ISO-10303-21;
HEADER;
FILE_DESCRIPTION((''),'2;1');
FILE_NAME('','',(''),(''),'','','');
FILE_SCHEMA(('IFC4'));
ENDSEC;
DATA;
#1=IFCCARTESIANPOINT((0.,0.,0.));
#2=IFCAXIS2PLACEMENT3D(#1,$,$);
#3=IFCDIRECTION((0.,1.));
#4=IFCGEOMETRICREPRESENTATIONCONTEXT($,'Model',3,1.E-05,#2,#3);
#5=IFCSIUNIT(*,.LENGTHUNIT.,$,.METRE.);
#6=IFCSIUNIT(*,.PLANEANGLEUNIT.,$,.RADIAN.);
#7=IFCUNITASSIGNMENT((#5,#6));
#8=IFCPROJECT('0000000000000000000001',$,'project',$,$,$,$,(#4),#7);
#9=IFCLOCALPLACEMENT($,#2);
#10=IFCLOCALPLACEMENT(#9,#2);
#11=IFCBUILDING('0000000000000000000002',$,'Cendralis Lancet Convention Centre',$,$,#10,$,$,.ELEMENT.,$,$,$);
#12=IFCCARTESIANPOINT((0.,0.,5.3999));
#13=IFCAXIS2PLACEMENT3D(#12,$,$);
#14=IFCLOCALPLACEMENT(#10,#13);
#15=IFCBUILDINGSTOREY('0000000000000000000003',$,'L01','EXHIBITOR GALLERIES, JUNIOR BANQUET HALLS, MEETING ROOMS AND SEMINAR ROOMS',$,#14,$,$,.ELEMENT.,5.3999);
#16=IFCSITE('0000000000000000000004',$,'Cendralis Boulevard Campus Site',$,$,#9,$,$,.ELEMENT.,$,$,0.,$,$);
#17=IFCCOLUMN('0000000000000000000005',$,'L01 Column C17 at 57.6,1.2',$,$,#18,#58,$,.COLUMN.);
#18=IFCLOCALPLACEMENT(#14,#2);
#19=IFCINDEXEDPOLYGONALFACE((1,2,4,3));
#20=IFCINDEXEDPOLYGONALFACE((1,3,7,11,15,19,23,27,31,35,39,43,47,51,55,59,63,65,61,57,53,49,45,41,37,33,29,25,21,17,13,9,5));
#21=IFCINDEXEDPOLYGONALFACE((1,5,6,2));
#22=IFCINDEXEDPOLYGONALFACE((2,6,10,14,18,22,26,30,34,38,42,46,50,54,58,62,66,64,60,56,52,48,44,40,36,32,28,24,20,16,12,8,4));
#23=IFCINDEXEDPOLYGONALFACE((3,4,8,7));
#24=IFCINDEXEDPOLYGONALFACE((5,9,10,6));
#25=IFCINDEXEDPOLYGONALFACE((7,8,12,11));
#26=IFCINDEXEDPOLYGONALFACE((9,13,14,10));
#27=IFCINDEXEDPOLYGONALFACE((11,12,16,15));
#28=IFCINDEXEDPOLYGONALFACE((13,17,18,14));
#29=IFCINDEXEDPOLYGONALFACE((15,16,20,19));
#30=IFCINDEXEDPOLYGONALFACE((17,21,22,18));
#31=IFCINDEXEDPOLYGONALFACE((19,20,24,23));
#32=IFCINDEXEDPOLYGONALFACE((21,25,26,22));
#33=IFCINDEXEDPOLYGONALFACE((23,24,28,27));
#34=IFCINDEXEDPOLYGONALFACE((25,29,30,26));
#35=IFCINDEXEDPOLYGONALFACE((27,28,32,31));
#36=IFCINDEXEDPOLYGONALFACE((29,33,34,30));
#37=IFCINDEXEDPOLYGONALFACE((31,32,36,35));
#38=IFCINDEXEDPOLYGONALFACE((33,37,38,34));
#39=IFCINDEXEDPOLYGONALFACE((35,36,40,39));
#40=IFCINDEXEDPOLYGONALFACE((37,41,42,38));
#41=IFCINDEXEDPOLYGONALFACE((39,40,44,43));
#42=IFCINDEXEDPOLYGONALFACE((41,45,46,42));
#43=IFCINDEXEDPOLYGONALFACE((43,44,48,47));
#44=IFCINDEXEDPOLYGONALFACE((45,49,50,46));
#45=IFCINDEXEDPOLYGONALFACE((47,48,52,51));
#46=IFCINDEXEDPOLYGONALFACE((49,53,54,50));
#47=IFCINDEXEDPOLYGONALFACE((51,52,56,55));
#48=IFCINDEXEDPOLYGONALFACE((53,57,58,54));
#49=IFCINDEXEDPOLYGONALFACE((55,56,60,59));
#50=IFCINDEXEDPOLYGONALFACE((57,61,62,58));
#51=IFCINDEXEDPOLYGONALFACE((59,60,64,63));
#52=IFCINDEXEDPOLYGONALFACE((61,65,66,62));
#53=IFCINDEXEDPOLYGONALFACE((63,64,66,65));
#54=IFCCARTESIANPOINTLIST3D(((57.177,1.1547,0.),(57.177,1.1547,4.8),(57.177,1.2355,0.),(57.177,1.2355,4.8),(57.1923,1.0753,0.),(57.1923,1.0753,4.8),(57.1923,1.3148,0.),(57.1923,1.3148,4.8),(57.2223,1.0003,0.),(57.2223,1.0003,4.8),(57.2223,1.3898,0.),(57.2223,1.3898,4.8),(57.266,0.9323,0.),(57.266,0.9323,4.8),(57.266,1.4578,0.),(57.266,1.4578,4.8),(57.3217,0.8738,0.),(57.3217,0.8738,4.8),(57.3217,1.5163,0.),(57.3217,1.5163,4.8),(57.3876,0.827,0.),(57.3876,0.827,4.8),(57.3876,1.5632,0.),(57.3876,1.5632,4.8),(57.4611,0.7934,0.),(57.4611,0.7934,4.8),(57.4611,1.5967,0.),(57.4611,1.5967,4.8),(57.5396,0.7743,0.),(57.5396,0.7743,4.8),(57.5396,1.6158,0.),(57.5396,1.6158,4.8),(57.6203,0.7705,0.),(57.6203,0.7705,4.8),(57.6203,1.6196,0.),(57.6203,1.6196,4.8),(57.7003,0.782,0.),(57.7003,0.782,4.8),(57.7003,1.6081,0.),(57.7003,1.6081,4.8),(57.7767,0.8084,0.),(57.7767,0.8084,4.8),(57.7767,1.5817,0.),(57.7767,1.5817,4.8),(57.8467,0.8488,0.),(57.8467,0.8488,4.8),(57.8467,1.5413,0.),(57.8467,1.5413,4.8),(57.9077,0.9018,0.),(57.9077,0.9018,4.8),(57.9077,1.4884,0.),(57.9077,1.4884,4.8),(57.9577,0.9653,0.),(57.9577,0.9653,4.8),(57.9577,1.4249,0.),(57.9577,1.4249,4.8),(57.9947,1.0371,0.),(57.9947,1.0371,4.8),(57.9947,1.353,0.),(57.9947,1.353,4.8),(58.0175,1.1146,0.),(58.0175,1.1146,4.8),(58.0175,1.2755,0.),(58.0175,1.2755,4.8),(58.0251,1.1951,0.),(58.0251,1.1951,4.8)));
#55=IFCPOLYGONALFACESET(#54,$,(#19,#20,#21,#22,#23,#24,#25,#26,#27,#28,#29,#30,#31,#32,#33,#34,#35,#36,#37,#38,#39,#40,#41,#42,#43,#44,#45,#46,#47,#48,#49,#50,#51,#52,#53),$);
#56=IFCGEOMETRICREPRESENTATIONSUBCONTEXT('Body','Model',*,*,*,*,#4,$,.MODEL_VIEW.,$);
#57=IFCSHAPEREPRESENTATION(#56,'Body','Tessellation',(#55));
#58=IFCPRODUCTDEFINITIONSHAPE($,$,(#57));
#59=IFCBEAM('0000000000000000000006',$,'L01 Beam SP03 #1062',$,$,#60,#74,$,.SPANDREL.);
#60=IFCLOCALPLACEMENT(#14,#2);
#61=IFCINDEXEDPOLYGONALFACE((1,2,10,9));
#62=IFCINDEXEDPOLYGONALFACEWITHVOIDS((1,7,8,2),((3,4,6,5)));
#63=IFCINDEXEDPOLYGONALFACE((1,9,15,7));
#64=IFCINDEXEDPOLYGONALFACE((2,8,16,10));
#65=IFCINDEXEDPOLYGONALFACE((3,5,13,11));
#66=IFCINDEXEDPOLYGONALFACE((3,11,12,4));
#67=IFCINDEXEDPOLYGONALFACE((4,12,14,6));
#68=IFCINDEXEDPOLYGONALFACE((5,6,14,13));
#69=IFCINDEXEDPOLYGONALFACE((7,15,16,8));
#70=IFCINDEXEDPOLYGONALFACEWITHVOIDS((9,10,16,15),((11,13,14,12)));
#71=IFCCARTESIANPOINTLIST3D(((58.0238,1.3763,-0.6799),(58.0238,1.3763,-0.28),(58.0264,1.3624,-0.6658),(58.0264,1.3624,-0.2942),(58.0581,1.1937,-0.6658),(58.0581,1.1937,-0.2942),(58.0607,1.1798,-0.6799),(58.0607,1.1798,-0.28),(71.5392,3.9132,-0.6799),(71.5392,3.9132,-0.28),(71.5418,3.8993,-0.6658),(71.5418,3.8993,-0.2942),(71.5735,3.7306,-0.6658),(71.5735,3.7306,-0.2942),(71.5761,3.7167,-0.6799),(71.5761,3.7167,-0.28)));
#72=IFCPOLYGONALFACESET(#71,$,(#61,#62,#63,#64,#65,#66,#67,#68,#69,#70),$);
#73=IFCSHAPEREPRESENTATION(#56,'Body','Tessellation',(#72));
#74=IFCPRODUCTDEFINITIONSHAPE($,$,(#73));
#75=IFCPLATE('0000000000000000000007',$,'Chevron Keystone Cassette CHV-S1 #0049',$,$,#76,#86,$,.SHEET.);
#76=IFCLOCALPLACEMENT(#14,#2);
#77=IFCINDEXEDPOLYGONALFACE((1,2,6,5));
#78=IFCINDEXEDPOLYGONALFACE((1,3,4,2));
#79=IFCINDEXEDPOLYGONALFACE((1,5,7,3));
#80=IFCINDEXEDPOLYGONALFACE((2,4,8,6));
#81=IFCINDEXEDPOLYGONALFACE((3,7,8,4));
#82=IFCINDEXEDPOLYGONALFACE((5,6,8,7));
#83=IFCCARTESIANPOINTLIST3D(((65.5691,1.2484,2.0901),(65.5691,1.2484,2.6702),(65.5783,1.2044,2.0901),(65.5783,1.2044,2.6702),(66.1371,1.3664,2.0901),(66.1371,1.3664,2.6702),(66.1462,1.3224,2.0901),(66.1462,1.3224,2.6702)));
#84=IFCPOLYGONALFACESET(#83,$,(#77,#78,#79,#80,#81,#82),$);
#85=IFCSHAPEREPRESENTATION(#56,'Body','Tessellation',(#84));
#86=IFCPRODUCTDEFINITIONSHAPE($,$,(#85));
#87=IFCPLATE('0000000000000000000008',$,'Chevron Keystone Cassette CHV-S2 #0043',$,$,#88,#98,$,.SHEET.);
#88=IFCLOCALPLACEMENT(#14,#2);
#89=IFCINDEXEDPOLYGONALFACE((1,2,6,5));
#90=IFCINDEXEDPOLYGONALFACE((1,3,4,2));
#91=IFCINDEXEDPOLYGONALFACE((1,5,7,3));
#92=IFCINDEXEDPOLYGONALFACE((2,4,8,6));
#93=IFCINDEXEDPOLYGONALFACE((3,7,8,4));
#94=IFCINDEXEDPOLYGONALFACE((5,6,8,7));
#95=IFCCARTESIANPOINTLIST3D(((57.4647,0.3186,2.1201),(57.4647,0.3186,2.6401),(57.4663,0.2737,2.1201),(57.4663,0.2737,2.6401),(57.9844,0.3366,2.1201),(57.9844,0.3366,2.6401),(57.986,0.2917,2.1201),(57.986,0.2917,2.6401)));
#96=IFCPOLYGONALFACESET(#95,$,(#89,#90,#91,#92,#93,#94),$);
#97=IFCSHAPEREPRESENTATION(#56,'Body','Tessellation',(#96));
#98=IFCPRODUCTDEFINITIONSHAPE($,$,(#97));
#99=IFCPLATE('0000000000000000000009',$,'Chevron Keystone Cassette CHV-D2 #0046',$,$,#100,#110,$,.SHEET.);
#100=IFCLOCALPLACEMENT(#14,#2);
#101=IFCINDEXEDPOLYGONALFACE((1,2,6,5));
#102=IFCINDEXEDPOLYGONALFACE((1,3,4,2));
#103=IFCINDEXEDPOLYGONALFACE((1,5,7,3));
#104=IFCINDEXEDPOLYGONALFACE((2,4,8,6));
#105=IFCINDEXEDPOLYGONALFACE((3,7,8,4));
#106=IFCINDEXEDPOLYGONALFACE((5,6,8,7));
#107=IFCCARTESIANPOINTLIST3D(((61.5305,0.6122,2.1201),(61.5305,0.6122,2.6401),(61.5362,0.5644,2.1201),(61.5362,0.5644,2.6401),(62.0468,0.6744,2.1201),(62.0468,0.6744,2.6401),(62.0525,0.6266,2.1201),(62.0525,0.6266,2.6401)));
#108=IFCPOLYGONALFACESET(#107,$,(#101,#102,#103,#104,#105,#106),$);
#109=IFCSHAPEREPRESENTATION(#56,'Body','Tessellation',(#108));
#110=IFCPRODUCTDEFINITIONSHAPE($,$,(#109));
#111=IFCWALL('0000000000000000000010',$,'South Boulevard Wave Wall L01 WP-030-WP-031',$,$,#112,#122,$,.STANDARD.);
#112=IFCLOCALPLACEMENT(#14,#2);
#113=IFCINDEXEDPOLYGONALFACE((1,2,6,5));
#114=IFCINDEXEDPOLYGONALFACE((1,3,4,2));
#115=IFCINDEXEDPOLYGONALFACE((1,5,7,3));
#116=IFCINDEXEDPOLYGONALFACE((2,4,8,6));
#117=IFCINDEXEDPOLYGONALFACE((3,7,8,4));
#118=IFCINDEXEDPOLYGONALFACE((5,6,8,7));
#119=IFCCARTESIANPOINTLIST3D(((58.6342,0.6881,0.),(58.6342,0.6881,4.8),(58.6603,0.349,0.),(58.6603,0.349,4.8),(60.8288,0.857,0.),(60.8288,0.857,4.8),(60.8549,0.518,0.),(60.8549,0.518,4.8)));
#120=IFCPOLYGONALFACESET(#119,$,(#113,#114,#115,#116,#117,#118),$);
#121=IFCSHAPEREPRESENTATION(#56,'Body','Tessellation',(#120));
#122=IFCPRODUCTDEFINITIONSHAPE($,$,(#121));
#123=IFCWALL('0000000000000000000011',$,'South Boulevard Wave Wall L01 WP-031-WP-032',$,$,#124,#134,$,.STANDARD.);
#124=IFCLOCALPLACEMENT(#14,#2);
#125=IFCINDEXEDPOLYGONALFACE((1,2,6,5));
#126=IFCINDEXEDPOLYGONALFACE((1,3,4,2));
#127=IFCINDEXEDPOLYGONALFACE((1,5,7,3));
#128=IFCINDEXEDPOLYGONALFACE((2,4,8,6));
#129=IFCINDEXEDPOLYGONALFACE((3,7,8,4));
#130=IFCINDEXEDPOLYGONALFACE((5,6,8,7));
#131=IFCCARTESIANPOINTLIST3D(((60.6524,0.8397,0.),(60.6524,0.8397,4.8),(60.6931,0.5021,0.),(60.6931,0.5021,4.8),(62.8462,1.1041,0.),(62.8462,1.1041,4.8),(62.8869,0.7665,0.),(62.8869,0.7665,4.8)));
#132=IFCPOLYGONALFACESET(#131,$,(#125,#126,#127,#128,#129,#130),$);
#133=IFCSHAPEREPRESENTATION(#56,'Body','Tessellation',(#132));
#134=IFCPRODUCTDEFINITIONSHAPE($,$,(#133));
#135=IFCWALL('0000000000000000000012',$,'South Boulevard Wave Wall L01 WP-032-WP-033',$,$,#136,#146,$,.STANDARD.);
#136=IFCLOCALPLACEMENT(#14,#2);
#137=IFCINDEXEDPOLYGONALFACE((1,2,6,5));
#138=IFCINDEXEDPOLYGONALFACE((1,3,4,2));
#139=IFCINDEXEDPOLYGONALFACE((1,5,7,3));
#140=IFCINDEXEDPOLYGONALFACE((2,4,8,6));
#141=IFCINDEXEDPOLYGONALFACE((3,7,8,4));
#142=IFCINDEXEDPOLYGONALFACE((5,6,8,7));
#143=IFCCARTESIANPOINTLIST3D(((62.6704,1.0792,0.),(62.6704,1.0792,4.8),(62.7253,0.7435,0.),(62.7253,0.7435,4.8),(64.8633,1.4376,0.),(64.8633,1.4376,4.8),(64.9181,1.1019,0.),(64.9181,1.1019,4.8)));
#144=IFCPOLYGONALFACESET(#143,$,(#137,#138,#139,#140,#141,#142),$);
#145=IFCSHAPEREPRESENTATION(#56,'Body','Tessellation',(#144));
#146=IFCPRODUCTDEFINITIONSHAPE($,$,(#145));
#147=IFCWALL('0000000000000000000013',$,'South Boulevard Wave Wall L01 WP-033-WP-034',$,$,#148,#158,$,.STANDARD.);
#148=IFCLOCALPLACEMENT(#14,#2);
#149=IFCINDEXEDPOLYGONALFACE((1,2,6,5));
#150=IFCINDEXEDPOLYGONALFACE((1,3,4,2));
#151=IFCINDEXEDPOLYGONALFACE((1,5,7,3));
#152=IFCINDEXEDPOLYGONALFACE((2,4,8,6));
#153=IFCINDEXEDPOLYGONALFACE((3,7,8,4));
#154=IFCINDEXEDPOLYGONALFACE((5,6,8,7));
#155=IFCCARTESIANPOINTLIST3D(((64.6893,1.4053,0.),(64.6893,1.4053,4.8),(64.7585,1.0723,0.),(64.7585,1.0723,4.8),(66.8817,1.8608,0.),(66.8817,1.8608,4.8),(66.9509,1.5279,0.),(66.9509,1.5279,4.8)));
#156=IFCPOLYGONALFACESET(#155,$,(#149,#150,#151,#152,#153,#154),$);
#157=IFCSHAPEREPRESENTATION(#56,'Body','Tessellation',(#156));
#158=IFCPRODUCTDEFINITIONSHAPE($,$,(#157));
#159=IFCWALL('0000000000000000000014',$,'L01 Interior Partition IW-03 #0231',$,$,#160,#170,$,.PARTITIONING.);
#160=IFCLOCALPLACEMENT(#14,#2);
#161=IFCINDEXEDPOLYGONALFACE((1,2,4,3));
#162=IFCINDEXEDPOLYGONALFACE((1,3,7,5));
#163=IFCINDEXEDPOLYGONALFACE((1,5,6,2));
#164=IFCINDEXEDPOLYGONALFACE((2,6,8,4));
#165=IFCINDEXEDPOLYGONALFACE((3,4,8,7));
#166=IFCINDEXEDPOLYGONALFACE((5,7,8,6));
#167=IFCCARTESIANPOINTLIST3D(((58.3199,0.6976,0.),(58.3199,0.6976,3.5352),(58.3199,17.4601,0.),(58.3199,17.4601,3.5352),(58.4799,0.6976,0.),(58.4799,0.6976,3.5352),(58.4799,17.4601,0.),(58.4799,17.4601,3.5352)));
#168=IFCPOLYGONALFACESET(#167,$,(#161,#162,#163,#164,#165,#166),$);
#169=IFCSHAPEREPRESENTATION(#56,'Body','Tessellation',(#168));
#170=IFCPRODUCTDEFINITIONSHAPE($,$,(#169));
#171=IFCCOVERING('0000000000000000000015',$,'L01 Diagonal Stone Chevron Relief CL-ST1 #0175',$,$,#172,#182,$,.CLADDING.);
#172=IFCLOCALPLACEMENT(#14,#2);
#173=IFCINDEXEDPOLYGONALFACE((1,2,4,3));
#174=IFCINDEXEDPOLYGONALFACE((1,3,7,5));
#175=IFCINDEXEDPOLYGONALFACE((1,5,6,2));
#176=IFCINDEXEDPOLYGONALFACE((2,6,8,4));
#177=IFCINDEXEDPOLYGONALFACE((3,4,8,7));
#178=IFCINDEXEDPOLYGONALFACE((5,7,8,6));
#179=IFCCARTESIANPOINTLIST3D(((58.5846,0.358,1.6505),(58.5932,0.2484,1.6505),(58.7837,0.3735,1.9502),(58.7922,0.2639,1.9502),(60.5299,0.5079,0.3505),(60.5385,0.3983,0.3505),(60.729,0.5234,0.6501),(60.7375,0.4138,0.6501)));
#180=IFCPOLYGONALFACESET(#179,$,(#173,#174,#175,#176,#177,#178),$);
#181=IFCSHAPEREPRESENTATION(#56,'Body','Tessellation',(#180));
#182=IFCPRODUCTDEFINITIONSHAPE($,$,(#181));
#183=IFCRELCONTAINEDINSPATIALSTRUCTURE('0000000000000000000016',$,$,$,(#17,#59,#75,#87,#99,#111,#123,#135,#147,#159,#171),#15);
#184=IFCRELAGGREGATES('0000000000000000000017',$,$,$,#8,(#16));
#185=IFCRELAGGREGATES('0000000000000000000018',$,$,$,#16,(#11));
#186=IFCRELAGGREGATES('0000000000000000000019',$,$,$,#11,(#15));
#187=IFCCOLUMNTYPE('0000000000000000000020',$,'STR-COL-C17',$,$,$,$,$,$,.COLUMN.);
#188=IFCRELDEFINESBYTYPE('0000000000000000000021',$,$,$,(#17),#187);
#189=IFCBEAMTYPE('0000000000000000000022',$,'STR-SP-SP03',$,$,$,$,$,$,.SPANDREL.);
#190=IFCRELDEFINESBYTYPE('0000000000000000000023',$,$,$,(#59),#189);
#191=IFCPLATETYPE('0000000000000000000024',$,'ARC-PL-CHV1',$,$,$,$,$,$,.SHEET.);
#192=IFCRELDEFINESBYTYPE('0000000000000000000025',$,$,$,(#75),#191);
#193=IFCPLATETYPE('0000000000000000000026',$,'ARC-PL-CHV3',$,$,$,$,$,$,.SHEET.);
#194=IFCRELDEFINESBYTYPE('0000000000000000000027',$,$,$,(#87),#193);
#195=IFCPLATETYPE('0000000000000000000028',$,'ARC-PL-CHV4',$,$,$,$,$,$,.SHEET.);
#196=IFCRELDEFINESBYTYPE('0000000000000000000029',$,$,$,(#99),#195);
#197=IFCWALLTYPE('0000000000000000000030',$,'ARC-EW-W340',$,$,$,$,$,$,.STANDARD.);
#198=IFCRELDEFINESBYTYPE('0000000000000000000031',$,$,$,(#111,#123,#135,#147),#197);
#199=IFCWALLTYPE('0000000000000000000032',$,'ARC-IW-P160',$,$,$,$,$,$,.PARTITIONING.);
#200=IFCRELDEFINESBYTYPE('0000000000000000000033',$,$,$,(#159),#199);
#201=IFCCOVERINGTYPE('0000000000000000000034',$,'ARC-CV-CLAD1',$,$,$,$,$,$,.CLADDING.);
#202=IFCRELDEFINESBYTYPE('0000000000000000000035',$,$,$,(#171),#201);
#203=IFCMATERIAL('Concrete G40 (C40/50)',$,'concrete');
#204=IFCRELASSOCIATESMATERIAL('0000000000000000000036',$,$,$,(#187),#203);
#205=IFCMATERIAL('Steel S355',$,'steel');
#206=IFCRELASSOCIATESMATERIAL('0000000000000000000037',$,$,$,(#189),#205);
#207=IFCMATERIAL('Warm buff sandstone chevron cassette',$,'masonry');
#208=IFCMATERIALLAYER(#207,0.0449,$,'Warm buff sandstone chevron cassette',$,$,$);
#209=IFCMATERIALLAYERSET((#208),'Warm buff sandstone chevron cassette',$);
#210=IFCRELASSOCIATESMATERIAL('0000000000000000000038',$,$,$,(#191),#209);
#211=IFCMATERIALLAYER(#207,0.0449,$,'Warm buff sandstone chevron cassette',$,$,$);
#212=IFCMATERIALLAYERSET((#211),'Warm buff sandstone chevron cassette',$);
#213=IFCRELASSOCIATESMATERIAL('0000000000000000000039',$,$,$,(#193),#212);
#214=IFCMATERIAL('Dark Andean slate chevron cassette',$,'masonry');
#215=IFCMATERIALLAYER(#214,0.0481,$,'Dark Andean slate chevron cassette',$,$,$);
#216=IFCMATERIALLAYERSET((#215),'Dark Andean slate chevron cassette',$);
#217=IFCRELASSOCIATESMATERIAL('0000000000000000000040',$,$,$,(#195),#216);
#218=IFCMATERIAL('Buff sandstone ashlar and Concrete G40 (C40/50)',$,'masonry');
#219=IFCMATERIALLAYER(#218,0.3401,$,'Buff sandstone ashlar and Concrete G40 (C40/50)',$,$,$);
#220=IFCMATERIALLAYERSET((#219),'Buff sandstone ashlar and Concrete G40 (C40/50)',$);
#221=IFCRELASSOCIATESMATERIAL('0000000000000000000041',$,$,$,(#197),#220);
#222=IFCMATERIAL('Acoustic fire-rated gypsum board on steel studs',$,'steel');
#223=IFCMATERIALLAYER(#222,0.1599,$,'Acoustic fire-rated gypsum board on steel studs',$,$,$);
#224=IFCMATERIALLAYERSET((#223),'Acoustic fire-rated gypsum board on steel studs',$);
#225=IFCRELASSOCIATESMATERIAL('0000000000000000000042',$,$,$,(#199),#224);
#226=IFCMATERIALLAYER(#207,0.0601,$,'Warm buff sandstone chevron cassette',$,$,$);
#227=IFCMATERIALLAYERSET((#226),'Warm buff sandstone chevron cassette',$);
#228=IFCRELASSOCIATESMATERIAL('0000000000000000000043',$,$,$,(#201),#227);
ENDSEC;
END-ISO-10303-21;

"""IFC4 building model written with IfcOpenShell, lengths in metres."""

from ifc_helpers import new_model, si_unit, direction, frame, frame_2d, origin, origin_2d, place, context, subcontext, project, spatial, polyline, rectangle, hollow_rectangle, circle, outline, extrude, material, layer, layer_set, material_profile, profile_set, type_object, element, save


model = new_model("IFC4")

# Units and contexts
model_context = context("Model", 3, precision=1e-05, world=origin(), true_north=direction((0.0, 1.0)))
body_context = subcontext(model_context, "Body", "Model", "MODEL_VIEW")
ifc_project = project(units=[si_unit("LENGTHUNIT", "METRE"), si_unit("PLANEANGLEUNIT", "RADIAN")], contexts=[model_context])

# Site, building, storey
site_placement = place(None, origin())
site = spatial("IfcSite", under=ifc_project, at=site_placement, Name="Cendralis Boulevard Campus Site", CompositionType="ELEMENT", RefElevation=0.0)
building_placement = place(site_placement, origin())
building = spatial("IfcBuilding", under=site, at=building_placement, Name="Cendralis Lancet Convention Centre", CompositionType="ELEMENT")
storey_placement = place(building_placement, frame((0.0, 0.0, 5.3999)))
storey = spatial("IfcBuildingStorey", under=building, at=storey_placement, Name="L01", Description="EXHIBITOR GALLERIES, JUNIOR BANQUET HALLS, MEETING ROOMS AND SEMINAR ROOMS", CompositionType="ELEMENT", Elevation=5.3999)

# Column
ifc_material_1 = material(Name="Concrete G40 (C40/50)", Category="concrete")
ifc_material_profile_1 = material_profile(ifc_material_1, circle(Radius=0.425, at=origin_2d()), Name="RC D850")
ifc_profile_set_1 = profile_set([ifc_material_profile_1], Name="Concrete G40 (C40/50)")
column_type = type_object("IfcColumnType", Name="STR-COL-C17", PredefinedType="COLUMN", material=ifc_profile_set_1)
column_placement = place(storey_placement, frame((57.6001, 1.1951, 0.0), z_axis=(0.0, 0.0, 1.0), x_axis=(1.0, 0.0, 0.0)))
element("IfcColumn", 1, at=column_placement, inside=storey, type_object=column_type, Name="L01 Column C17 at 57.6,1.2", PredefinedType="COLUMN", context=body_context, shape_type="SweptSolid", body=[
    extrude(circle(Radius=0.425, at=origin_2d()), origin(), (0.0, 0.0, 1.0), 4.8),
])

# Beam
ifc_material_2 = material(Name="Steel S355", Category="steel")
ifc_material_profile_2 = material_profile(ifc_material_2, hollow_rectangle(XDim=0.2, YDim=0.3999, WallThickness=0.0142, at=origin_2d()), Name="RHS 400x200x14.2")
ifc_profile_set_2 = profile_set([ifc_material_profile_2], Name="Steel S355")
beam_type = type_object("IfcBeamType", Name="STR-SP-SP03", PredefinedType="SPANDREL", material=ifc_profile_set_2)
beam_placement = place(storey_placement, frame((58.0422, 1.2781, -0.48), z_axis=(0.982836, 0.18448, 0.0), x_axis=(-0.18448, 0.982836, 0.0)))
element("IfcBeam", 2, at=beam_placement, inside=storey, type_object=beam_type, Name="L01 Beam SP03 #1062", PredefinedType="SPANDREL", context=body_context, shape_type="SweptSolid", body=[
    extrude(hollow_rectangle(XDim=0.2, YDim=0.3999, WallThickness=0.0142, at=origin_2d()), origin(), (0.0, 0.0, 1.0), 13.7515),
])

# Plates
ifc_material_3 = material(Name="Warm buff sandstone chevron cassette", Category="masonry")
ifc_layer_1 = layer(ifc_material_3, 0.0449, Name="Warm buff sandstone chevron cassette")
ifc_layer_set_1 = layer_set([ifc_layer_1], Name="Warm buff sandstone chevron cassette")
plate_type_1 = type_object("IfcPlateType", Name="ARC-PL-CHV1", PredefinedType="SHEET", material=ifc_layer_set_1)
plate_1_placement = place(storey_placement, frame((65.8577, 1.2854, 2.0901), z_axis=(0.0, 0.0, 1.0), x_axis=(0.979085, 0.203454, 0.0)))
element("IfcPlate", 3, at=plate_1_placement, inside=storey, type_object=plate_type_1, Name="Chevron Keystone Cassette CHV-S1 #0049", PredefinedType="SHEET", context=body_context, shape_type="SweptSolid", body=[
    extrude(rectangle(XDim=0.5801, YDim=0.0449, at=origin_2d()), origin(), (0.0, 0.0, 1.0), 0.5801),
])
ifc_layer_2 = layer(ifc_material_3, 0.0449, Name="Warm buff sandstone chevron cassette")
ifc_layer_set_2 = layer_set([ifc_layer_2], Name="Warm buff sandstone chevron cassette")
plate_type_2 = type_object("IfcPlateType", Name="ARC-PL-CHV3", PredefinedType="SHEET", material=ifc_layer_set_2)
plate_2_placement = place(storey_placement, frame((57.7253, 0.3052, 2.1201), z_axis=(0.0, 0.0, 1.0), x_axis=(0.999404, 0.034533, 0.0)))
element("IfcPlate", 4, at=plate_2_placement, inside=storey, type_object=plate_type_2, Name="Chevron Keystone Cassette CHV-S2 #0043", PredefinedType="SHEET", context=body_context, shape_type="SweptSolid", body=[
    extrude(rectangle(XDim=0.52, YDim=0.0449, at=origin_2d()), origin(), (0.0, 0.0, 1.0), 0.52),
])
ifc_material_4 = material(Name="Dark Andean slate chevron cassette", Category="masonry")
ifc_layer_3 = layer(ifc_material_4, 0.0481, Name="Dark Andean slate chevron cassette")
ifc_layer_set_3 = layer_set([ifc_layer_3], Name="Dark Andean slate chevron cassette")
plate_type_3 = type_object("IfcPlateType", Name="ARC-PL-CHV4", PredefinedType="SHEET", material=ifc_layer_set_3)
plate_3_placement = place(storey_placement, frame((61.7915, 0.6194, 2.1201), z_axis=(0.0, 0.0, 1.0), x_axis=(0.992818, 0.119634, 0.0)))
element("IfcPlate", 5, at=plate_3_placement, inside=storey, type_object=plate_type_3, Name="Chevron Keystone Cassette CHV-D2 #0046", PredefinedType="SHEET", context=body_context, shape_type="SweptSolid", body=[
    extrude(rectangle(XDim=0.52, YDim=0.0481, at=origin_2d()), origin(), (0.0, 0.0, 1.0), 0.52),
])

# Walls
ifc_material_5 = material(Name="Buff sandstone ashlar and Concrete G40 (C40/50)", Category="masonry")
ifc_layer_4 = layer(ifc_material_5, 0.3401, Name="Buff sandstone ashlar and Concrete G40 (C40/50)")
ifc_layer_set_4 = layer_set([ifc_layer_4], Name="Buff sandstone ashlar and Concrete G40 (C40/50)")
wall_type_1 = type_object("IfcWallType", Name="ARC-EW-W340", PredefinedType="STANDARD", material=ifc_layer_set_4)
wall_1_placement = place(storey_placement, frame((58.6472, 0.5186, 0.0), z_axis=(0.0, 0.0, 1.0), x_axis=(0.99705, 0.076756, 0.0)))
element("IfcWall", 6, at=wall_1_placement, inside=storey, type_object=wall_type_1, Name="South Boulevard Wave Wall L01 WP-030-WP-031", PredefinedType="STANDARD", context=body_context, shape_type="SweptSolid", body=[
    extrude(rectangle(XDim=2.2012, YDim=0.3401, at=frame_2d((1.1006, 0.0))), origin(), (0.0, 0.0, 1.0), 4.8),
])
wall_2_placement = place(storey_placement, frame((60.6726, 0.6709, 0.0), z_axis=(0.0, 0.0, 1.0), x_axis=(0.992816, 0.119655, 0.0)))
element("IfcWall", 7, at=wall_2_placement, inside=storey, type_object=wall_type_1, Name="South Boulevard Wave Wall L01 WP-031-WP-032", PredefinedType="STANDARD", context=body_context, shape_type="SweptSolid", body=[
    extrude(rectangle(XDim=2.2097, YDim=0.3401, at=frame_2d((1.105, 0.0))), origin(), (0.0, 0.0, 1.0), 4.8),
])
wall_3_placement = place(storey_placement, frame((62.698, 0.9114, 0.0), z_axis=(0.0, 0.0, 1.0), x_axis=(0.986906, 0.161298, 0.0)))
element("IfcWall", 8, at=wall_3_placement, inside=storey, type_object=wall_type_1, Name="South Boulevard Wave Wall L01 WP-032-WP-033", PredefinedType="STANDARD", context=body_context, shape_type="SweptSolid", body=[
    extrude(rectangle(XDim=2.2219, YDim=0.3401, at=frame_2d((1.1108, 0.0))), origin(), (0.0, 0.0, 1.0), 4.8),
])
wall_4_placement = place(storey_placement, frame((64.7239, 1.2388, 0.0), z_axis=(0.0, 0.0, 1.0), x_axis=(0.979086, 0.203449, 0.0)))
element("IfcWall", 9, at=wall_4_placement, inside=storey, type_object=wall_type_1, Name="South Boulevard Wave Wall L01 WP-033-WP-034", PredefinedType="STANDARD", context=body_context, shape_type="SweptSolid", body=[
    extrude(rectangle(XDim=2.2393, YDim=0.3401, at=frame_2d((1.1196, 0.0))), origin(), (0.0, 0.0, 1.0), 4.8),
])
ifc_material_6 = material(Name="Acoustic fire-rated gypsum board on steel studs", Category="steel")
ifc_layer_5 = layer(ifc_material_6, 0.1599, Name="Acoustic fire-rated gypsum board on steel studs")
ifc_layer_set_5 = layer_set([ifc_layer_5], Name="Acoustic fire-rated gypsum board on steel studs")
wall_type_2 = type_object("IfcWallType", Name="ARC-IW-P160", PredefinedType="PARTITIONING", material=ifc_layer_set_5)
wall_5_placement = place(storey_placement, frame((58.3999, 0.6975, 0.0), z_axis=(0.0, 0.0, 1.0), x_axis=(0.0, 1.0, 0.0)))
element("IfcWall", 10, at=wall_5_placement, inside=storey, type_object=wall_type_2, Name="L01 Interior Partition IW-03 #0231", PredefinedType="PARTITIONING", context=body_context, shape_type="SweptSolid", body=[
    extrude(rectangle(XDim=16.7625, YDim=0.1599, at=frame_2d((8.3813, 0.0))), origin(), (0.0, 0.0, 1.0), 3.5352),
])

# Covering
ifc_layer_6 = layer(ifc_material_3, 0.0601, Name="Warm buff sandstone chevron cassette")
ifc_layer_set_6 = layer_set([ifc_layer_6], Name="Warm buff sandstone chevron cassette")
covering_type_1 = type_object("IfcCoveringType", Name="ARC-CV-CLAD1", PredefinedType="CLADDING", material=ifc_layer_set_6)
covering_1_placement = place(storey_placement, frame((58.7922, 0.2639, 1.9502), z_axis=(0.552825, 0.043093, 0.832182), x_axis=(0.829723, 0.063937, -0.554502)))
element("IfcCovering", 11, at=covering_1_placement, inside=storey, type_object=covering_type_1, Name="L01 Diagonal Stone Chevron Relief CL-ST1 #0175", PredefinedType="CLADDING", context=body_context, shape_type="SweptSolid", body=[
    extrude(outline(polyline([(0.0, 0.0), (2.3445, 0.0), (2.3445, 0.11), (-0.0001, 0.11), (0.0, 0.0)])), origin(), (0.0, 0.0, -1.0), 0.3601),
])

save(model, "model.ifc")
